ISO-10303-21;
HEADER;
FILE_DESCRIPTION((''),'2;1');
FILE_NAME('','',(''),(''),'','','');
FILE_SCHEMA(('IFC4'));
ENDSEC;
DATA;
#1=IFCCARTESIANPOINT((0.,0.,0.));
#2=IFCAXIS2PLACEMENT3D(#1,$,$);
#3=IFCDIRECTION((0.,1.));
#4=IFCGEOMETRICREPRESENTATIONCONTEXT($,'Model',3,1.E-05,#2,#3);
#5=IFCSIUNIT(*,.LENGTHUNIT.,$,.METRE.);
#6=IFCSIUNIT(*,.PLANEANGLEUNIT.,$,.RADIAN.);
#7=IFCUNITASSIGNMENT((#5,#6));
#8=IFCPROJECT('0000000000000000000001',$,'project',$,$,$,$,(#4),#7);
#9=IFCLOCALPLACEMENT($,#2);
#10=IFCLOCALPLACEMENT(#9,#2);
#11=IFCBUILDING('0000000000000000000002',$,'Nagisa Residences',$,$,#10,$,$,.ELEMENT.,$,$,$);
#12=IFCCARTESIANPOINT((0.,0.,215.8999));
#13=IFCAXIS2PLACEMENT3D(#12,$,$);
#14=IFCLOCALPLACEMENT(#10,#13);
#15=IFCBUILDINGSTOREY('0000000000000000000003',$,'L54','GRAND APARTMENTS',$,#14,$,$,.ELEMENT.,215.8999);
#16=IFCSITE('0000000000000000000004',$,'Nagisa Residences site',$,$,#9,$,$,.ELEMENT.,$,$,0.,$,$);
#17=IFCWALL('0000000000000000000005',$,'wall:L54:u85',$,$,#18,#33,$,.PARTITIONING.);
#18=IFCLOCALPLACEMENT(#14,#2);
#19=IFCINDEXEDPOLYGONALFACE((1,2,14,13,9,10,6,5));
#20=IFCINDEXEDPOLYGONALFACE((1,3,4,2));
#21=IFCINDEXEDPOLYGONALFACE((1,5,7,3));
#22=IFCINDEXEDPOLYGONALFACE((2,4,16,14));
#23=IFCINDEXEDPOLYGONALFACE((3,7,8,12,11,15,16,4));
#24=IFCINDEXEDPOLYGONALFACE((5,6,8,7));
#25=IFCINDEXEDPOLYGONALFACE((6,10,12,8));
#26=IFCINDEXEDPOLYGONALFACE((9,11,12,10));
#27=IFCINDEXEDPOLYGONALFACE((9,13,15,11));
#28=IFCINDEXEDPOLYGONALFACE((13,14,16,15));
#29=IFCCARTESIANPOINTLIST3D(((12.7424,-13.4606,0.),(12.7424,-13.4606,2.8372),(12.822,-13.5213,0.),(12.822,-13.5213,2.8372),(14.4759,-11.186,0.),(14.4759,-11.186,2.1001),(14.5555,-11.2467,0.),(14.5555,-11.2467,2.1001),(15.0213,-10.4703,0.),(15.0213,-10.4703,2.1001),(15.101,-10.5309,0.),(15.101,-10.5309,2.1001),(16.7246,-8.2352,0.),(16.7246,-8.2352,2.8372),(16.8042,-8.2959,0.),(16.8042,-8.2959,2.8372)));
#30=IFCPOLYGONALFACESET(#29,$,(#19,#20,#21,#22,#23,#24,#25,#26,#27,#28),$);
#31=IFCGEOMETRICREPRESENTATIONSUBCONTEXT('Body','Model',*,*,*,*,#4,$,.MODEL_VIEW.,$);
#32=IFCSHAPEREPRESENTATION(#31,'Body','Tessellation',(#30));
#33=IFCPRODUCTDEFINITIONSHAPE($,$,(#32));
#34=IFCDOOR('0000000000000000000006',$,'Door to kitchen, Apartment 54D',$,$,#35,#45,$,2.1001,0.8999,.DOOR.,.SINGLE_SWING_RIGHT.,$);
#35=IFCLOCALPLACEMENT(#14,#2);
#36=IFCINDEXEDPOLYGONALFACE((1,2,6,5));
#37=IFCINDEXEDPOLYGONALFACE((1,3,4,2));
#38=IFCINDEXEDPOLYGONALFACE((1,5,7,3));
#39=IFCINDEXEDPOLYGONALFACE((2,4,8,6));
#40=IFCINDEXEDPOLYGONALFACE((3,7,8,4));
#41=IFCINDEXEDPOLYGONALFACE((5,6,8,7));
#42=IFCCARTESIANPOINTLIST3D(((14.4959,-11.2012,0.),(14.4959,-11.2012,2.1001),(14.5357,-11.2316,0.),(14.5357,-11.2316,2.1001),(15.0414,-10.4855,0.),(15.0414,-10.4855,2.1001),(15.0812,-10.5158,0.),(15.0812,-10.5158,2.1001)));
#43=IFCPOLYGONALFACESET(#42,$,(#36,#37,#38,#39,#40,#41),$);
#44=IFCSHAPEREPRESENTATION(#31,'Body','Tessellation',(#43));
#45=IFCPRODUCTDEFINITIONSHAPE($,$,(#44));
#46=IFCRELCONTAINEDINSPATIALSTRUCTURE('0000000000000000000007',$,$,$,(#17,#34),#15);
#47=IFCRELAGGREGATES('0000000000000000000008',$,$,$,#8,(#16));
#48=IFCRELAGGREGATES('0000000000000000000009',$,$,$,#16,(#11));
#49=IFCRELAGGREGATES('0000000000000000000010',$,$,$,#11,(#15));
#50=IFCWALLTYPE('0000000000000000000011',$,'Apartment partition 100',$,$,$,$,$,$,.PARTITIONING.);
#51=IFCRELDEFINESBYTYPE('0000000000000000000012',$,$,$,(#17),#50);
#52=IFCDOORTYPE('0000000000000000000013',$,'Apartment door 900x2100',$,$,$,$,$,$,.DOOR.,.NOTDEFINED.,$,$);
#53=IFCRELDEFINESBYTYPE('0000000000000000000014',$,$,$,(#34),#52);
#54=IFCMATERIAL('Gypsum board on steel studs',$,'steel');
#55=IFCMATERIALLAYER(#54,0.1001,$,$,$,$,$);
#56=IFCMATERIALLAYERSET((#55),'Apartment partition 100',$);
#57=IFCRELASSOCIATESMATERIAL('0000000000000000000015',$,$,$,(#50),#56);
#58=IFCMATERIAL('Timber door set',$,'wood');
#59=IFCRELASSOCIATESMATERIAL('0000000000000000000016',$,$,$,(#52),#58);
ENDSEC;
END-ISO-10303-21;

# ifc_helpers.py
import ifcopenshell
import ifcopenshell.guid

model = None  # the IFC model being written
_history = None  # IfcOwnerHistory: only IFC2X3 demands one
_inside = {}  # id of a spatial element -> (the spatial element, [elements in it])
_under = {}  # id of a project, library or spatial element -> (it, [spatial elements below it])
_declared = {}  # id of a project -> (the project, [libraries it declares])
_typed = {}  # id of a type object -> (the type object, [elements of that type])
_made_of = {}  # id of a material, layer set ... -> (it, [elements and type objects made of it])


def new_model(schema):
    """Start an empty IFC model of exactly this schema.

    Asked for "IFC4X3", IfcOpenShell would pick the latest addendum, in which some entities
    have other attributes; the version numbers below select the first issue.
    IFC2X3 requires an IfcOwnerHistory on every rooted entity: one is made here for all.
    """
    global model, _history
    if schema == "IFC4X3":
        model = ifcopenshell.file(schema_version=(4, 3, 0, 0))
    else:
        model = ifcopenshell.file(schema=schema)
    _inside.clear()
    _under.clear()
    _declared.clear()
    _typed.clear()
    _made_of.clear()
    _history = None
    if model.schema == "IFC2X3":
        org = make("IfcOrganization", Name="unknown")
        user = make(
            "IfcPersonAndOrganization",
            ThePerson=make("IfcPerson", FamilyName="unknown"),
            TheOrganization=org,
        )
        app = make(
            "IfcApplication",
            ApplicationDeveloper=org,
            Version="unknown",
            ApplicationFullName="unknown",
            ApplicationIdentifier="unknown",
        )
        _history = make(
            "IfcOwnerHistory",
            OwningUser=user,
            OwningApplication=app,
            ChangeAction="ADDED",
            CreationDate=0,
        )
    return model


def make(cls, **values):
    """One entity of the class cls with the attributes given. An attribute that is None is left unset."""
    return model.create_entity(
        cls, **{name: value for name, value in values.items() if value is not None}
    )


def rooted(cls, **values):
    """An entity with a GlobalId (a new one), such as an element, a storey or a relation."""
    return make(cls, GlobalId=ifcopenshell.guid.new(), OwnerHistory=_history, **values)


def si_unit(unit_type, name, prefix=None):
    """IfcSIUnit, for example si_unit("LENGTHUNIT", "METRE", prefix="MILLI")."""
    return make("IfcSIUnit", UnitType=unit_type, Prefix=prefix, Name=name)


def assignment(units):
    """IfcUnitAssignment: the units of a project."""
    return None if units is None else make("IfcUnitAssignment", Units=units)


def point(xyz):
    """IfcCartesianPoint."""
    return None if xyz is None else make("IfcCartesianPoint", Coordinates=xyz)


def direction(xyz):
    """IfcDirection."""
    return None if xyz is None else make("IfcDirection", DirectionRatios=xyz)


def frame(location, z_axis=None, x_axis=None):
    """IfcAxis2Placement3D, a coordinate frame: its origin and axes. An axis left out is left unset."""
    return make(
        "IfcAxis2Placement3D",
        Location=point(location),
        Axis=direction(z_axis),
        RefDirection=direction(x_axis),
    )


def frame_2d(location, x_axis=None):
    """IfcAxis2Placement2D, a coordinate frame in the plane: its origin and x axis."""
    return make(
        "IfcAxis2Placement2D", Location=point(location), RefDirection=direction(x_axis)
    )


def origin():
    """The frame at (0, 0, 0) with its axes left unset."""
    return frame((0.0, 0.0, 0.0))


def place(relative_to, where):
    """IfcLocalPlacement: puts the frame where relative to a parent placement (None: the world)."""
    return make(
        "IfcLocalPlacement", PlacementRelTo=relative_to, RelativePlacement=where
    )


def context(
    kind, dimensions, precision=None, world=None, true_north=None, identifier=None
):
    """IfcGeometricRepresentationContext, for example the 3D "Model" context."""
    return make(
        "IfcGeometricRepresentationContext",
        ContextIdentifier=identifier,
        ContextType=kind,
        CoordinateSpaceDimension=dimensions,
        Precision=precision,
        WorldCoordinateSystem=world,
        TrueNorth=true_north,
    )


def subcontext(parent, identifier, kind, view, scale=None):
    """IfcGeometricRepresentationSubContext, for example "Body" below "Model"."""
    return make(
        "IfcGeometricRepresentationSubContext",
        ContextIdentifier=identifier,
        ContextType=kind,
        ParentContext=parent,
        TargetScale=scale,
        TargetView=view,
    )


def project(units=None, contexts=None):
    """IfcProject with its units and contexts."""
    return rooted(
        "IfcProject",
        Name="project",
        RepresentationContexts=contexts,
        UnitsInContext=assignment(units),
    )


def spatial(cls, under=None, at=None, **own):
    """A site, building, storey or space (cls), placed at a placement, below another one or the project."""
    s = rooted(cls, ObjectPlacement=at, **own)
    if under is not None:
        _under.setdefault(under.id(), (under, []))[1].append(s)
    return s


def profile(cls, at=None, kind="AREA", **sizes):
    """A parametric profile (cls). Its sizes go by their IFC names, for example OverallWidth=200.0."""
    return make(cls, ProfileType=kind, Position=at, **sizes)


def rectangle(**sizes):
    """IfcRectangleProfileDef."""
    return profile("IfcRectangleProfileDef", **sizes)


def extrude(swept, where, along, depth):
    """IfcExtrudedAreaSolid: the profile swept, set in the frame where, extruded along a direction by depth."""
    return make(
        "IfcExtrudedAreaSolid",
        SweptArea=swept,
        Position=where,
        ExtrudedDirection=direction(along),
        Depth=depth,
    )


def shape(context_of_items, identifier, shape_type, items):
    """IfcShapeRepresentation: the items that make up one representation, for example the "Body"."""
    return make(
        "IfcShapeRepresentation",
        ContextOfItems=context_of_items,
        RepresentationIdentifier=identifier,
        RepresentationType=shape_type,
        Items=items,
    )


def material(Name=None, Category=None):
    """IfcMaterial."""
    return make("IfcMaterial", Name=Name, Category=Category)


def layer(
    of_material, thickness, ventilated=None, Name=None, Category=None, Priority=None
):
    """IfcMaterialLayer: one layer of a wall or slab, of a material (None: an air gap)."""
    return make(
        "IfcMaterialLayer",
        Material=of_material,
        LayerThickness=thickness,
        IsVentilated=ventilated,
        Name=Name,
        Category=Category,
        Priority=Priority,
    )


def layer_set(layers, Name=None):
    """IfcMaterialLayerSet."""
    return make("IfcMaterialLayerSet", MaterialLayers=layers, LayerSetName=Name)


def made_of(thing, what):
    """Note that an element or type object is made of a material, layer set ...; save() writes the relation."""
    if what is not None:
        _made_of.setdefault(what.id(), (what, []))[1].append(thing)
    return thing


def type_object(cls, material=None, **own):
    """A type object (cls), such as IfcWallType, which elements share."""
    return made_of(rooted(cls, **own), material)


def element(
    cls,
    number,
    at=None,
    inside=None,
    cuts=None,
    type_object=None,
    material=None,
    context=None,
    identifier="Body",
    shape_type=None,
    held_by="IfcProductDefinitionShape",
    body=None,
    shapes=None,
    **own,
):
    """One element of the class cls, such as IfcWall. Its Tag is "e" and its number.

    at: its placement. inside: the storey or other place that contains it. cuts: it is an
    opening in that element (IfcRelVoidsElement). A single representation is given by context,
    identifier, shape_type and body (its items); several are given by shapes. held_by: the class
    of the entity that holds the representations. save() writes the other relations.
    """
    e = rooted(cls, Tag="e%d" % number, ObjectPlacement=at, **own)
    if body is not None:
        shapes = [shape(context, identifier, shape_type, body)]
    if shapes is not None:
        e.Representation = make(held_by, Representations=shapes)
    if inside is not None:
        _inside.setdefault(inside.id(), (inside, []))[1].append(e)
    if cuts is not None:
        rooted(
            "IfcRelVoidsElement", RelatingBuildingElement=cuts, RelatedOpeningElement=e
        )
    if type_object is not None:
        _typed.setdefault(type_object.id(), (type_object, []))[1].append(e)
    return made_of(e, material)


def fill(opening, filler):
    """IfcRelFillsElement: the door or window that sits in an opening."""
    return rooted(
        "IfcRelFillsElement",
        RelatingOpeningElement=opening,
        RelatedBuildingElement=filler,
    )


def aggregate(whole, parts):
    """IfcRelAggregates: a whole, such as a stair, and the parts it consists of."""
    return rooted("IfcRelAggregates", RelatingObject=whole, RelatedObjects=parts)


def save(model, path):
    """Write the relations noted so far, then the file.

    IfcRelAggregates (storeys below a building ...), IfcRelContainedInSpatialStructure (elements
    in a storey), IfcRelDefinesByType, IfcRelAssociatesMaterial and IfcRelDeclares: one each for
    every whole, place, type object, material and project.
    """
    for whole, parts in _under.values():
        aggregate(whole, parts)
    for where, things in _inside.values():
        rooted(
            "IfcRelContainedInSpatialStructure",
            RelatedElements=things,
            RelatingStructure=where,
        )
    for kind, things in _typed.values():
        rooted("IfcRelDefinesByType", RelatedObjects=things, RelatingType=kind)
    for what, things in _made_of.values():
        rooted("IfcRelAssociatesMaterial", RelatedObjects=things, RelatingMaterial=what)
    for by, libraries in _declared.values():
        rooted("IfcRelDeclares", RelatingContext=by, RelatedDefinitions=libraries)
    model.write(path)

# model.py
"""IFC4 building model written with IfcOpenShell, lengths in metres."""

from ifc_helpers import new_model, si_unit, direction, frame, frame_2d, origin, place, context, subcontext, project, spatial, rectangle, extrude, material, layer, layer_set, type_object, element, fill, save


model = new_model("IFC4")

# Units and contexts
model_context = context("Model", 3, precision=1e-05, world=origin(), true_north=direction((0.0, 1.0)))
body_context = subcontext(model_context, "Body", "Model", "MODEL_VIEW")
ifc_project = project(units=[si_unit("LENGTHUNIT", "METRE"), si_unit("PLANEANGLEUNIT", "RADIAN")], contexts=[model_context])

# Site, building, storey
site_placement = place(None, origin())
site = spatial("IfcSite", under=ifc_project, at=site_placement, Name="Nagisa Residences site", CompositionType="ELEMENT", RefElevation=0.0)
building_placement = place(site_placement, origin())
building = spatial("IfcBuilding", under=site, at=building_placement, Name="Nagisa Residences", CompositionType="ELEMENT")
storey_placement = place(building_placement, frame((0.0, 0.0, 215.8999)))
storey = spatial("IfcBuildingStorey", under=building, at=storey_placement, Name="L54", Description="GRAND APARTMENTS", CompositionType="ELEMENT", Elevation=215.8999)

# Wall, opening, door
ifc_material_1 = material(Name="Gypsum board on steel studs", Category="steel")
ifc_layer_1 = layer(ifc_material_1, 0.1001)
ifc_layer_set_1 = layer_set([ifc_layer_1], Name="Apartment partition 100")
wall_type_1 = type_object("IfcWallType", Name="Apartment partition 100", PredefinedType="PARTITIONING", material=ifc_layer_set_1)
ifc_material_2 = material(Name="Timber door set", Category="wood")
door_type_1 = type_object("IfcDoorType", Name="Apartment door 900x2100", OperationType="NOTDEFINED", PredefinedType="DOOR", material=ifc_material_2)
wall_1_placement = place(storey_placement, frame((12.7822, -13.491, 0.0), z_axis=(0.0, 0.0, 1.0), x_axis=(0.606136, 0.795361, 0.0)))
wall_1 = element("IfcWall", 1, at=wall_1_placement, inside=storey, type_object=wall_type_1, Name="wall:L54:u85", PredefinedType="PARTITIONING", context=body_context, shape_type="SweptSolid", body=[
    extrude(rectangle(XDim=6.5698, YDim=0.1001, at=frame_2d((3.2849, 0.0))), origin(), (0.0, 0.0, 1.0), 2.8372),
])
opening_1_placement = place(wall_1_placement, frame((2.8599, 0.0, 0.0)))
opening_1 = element("IfcOpeningElement", 2, at=opening_1_placement, cuts=wall_1, PredefinedType="OPENING", context=body_context, shape_type="SweptSolid", body=[
    extrude(rectangle(XDim=0.8999, YDim=2.1001, at=frame_2d((0.45, 1.05))), frame((0.0, 0.0601, 0.0), z_axis=(0.0, -1.0, 0.0), x_axis=(1.0, 0.0, 0.0)), (0.0, 0.0, 1.0), 0.1201),
])
door_1_placement = place(opening_1_placement, origin())
door_1 = element("IfcDoor", 3, at=door_1_placement, inside=storey, type_object=door_type_1, Name="Door to kitchen, Apartment 54D", OperationType="SINGLE_SWING_RIGHT", OverallHeight=2.1001, OverallWidth=0.8999, PredefinedType="DOOR", context=body_context, shape_type="SweptSolid", body=[
    extrude(rectangle(XDim=0.8999, YDim=2.1001, at=frame_2d((0.45, 1.05))), frame((0.0, 0.0249, 0.0), z_axis=(0.0, -1.0, 0.0), x_axis=(1.0, 0.0, 0.0)), (0.0, 0.0, 1.0), 0.05),
])
fill(opening_1, door_1)

save(model, "model.ifc")
